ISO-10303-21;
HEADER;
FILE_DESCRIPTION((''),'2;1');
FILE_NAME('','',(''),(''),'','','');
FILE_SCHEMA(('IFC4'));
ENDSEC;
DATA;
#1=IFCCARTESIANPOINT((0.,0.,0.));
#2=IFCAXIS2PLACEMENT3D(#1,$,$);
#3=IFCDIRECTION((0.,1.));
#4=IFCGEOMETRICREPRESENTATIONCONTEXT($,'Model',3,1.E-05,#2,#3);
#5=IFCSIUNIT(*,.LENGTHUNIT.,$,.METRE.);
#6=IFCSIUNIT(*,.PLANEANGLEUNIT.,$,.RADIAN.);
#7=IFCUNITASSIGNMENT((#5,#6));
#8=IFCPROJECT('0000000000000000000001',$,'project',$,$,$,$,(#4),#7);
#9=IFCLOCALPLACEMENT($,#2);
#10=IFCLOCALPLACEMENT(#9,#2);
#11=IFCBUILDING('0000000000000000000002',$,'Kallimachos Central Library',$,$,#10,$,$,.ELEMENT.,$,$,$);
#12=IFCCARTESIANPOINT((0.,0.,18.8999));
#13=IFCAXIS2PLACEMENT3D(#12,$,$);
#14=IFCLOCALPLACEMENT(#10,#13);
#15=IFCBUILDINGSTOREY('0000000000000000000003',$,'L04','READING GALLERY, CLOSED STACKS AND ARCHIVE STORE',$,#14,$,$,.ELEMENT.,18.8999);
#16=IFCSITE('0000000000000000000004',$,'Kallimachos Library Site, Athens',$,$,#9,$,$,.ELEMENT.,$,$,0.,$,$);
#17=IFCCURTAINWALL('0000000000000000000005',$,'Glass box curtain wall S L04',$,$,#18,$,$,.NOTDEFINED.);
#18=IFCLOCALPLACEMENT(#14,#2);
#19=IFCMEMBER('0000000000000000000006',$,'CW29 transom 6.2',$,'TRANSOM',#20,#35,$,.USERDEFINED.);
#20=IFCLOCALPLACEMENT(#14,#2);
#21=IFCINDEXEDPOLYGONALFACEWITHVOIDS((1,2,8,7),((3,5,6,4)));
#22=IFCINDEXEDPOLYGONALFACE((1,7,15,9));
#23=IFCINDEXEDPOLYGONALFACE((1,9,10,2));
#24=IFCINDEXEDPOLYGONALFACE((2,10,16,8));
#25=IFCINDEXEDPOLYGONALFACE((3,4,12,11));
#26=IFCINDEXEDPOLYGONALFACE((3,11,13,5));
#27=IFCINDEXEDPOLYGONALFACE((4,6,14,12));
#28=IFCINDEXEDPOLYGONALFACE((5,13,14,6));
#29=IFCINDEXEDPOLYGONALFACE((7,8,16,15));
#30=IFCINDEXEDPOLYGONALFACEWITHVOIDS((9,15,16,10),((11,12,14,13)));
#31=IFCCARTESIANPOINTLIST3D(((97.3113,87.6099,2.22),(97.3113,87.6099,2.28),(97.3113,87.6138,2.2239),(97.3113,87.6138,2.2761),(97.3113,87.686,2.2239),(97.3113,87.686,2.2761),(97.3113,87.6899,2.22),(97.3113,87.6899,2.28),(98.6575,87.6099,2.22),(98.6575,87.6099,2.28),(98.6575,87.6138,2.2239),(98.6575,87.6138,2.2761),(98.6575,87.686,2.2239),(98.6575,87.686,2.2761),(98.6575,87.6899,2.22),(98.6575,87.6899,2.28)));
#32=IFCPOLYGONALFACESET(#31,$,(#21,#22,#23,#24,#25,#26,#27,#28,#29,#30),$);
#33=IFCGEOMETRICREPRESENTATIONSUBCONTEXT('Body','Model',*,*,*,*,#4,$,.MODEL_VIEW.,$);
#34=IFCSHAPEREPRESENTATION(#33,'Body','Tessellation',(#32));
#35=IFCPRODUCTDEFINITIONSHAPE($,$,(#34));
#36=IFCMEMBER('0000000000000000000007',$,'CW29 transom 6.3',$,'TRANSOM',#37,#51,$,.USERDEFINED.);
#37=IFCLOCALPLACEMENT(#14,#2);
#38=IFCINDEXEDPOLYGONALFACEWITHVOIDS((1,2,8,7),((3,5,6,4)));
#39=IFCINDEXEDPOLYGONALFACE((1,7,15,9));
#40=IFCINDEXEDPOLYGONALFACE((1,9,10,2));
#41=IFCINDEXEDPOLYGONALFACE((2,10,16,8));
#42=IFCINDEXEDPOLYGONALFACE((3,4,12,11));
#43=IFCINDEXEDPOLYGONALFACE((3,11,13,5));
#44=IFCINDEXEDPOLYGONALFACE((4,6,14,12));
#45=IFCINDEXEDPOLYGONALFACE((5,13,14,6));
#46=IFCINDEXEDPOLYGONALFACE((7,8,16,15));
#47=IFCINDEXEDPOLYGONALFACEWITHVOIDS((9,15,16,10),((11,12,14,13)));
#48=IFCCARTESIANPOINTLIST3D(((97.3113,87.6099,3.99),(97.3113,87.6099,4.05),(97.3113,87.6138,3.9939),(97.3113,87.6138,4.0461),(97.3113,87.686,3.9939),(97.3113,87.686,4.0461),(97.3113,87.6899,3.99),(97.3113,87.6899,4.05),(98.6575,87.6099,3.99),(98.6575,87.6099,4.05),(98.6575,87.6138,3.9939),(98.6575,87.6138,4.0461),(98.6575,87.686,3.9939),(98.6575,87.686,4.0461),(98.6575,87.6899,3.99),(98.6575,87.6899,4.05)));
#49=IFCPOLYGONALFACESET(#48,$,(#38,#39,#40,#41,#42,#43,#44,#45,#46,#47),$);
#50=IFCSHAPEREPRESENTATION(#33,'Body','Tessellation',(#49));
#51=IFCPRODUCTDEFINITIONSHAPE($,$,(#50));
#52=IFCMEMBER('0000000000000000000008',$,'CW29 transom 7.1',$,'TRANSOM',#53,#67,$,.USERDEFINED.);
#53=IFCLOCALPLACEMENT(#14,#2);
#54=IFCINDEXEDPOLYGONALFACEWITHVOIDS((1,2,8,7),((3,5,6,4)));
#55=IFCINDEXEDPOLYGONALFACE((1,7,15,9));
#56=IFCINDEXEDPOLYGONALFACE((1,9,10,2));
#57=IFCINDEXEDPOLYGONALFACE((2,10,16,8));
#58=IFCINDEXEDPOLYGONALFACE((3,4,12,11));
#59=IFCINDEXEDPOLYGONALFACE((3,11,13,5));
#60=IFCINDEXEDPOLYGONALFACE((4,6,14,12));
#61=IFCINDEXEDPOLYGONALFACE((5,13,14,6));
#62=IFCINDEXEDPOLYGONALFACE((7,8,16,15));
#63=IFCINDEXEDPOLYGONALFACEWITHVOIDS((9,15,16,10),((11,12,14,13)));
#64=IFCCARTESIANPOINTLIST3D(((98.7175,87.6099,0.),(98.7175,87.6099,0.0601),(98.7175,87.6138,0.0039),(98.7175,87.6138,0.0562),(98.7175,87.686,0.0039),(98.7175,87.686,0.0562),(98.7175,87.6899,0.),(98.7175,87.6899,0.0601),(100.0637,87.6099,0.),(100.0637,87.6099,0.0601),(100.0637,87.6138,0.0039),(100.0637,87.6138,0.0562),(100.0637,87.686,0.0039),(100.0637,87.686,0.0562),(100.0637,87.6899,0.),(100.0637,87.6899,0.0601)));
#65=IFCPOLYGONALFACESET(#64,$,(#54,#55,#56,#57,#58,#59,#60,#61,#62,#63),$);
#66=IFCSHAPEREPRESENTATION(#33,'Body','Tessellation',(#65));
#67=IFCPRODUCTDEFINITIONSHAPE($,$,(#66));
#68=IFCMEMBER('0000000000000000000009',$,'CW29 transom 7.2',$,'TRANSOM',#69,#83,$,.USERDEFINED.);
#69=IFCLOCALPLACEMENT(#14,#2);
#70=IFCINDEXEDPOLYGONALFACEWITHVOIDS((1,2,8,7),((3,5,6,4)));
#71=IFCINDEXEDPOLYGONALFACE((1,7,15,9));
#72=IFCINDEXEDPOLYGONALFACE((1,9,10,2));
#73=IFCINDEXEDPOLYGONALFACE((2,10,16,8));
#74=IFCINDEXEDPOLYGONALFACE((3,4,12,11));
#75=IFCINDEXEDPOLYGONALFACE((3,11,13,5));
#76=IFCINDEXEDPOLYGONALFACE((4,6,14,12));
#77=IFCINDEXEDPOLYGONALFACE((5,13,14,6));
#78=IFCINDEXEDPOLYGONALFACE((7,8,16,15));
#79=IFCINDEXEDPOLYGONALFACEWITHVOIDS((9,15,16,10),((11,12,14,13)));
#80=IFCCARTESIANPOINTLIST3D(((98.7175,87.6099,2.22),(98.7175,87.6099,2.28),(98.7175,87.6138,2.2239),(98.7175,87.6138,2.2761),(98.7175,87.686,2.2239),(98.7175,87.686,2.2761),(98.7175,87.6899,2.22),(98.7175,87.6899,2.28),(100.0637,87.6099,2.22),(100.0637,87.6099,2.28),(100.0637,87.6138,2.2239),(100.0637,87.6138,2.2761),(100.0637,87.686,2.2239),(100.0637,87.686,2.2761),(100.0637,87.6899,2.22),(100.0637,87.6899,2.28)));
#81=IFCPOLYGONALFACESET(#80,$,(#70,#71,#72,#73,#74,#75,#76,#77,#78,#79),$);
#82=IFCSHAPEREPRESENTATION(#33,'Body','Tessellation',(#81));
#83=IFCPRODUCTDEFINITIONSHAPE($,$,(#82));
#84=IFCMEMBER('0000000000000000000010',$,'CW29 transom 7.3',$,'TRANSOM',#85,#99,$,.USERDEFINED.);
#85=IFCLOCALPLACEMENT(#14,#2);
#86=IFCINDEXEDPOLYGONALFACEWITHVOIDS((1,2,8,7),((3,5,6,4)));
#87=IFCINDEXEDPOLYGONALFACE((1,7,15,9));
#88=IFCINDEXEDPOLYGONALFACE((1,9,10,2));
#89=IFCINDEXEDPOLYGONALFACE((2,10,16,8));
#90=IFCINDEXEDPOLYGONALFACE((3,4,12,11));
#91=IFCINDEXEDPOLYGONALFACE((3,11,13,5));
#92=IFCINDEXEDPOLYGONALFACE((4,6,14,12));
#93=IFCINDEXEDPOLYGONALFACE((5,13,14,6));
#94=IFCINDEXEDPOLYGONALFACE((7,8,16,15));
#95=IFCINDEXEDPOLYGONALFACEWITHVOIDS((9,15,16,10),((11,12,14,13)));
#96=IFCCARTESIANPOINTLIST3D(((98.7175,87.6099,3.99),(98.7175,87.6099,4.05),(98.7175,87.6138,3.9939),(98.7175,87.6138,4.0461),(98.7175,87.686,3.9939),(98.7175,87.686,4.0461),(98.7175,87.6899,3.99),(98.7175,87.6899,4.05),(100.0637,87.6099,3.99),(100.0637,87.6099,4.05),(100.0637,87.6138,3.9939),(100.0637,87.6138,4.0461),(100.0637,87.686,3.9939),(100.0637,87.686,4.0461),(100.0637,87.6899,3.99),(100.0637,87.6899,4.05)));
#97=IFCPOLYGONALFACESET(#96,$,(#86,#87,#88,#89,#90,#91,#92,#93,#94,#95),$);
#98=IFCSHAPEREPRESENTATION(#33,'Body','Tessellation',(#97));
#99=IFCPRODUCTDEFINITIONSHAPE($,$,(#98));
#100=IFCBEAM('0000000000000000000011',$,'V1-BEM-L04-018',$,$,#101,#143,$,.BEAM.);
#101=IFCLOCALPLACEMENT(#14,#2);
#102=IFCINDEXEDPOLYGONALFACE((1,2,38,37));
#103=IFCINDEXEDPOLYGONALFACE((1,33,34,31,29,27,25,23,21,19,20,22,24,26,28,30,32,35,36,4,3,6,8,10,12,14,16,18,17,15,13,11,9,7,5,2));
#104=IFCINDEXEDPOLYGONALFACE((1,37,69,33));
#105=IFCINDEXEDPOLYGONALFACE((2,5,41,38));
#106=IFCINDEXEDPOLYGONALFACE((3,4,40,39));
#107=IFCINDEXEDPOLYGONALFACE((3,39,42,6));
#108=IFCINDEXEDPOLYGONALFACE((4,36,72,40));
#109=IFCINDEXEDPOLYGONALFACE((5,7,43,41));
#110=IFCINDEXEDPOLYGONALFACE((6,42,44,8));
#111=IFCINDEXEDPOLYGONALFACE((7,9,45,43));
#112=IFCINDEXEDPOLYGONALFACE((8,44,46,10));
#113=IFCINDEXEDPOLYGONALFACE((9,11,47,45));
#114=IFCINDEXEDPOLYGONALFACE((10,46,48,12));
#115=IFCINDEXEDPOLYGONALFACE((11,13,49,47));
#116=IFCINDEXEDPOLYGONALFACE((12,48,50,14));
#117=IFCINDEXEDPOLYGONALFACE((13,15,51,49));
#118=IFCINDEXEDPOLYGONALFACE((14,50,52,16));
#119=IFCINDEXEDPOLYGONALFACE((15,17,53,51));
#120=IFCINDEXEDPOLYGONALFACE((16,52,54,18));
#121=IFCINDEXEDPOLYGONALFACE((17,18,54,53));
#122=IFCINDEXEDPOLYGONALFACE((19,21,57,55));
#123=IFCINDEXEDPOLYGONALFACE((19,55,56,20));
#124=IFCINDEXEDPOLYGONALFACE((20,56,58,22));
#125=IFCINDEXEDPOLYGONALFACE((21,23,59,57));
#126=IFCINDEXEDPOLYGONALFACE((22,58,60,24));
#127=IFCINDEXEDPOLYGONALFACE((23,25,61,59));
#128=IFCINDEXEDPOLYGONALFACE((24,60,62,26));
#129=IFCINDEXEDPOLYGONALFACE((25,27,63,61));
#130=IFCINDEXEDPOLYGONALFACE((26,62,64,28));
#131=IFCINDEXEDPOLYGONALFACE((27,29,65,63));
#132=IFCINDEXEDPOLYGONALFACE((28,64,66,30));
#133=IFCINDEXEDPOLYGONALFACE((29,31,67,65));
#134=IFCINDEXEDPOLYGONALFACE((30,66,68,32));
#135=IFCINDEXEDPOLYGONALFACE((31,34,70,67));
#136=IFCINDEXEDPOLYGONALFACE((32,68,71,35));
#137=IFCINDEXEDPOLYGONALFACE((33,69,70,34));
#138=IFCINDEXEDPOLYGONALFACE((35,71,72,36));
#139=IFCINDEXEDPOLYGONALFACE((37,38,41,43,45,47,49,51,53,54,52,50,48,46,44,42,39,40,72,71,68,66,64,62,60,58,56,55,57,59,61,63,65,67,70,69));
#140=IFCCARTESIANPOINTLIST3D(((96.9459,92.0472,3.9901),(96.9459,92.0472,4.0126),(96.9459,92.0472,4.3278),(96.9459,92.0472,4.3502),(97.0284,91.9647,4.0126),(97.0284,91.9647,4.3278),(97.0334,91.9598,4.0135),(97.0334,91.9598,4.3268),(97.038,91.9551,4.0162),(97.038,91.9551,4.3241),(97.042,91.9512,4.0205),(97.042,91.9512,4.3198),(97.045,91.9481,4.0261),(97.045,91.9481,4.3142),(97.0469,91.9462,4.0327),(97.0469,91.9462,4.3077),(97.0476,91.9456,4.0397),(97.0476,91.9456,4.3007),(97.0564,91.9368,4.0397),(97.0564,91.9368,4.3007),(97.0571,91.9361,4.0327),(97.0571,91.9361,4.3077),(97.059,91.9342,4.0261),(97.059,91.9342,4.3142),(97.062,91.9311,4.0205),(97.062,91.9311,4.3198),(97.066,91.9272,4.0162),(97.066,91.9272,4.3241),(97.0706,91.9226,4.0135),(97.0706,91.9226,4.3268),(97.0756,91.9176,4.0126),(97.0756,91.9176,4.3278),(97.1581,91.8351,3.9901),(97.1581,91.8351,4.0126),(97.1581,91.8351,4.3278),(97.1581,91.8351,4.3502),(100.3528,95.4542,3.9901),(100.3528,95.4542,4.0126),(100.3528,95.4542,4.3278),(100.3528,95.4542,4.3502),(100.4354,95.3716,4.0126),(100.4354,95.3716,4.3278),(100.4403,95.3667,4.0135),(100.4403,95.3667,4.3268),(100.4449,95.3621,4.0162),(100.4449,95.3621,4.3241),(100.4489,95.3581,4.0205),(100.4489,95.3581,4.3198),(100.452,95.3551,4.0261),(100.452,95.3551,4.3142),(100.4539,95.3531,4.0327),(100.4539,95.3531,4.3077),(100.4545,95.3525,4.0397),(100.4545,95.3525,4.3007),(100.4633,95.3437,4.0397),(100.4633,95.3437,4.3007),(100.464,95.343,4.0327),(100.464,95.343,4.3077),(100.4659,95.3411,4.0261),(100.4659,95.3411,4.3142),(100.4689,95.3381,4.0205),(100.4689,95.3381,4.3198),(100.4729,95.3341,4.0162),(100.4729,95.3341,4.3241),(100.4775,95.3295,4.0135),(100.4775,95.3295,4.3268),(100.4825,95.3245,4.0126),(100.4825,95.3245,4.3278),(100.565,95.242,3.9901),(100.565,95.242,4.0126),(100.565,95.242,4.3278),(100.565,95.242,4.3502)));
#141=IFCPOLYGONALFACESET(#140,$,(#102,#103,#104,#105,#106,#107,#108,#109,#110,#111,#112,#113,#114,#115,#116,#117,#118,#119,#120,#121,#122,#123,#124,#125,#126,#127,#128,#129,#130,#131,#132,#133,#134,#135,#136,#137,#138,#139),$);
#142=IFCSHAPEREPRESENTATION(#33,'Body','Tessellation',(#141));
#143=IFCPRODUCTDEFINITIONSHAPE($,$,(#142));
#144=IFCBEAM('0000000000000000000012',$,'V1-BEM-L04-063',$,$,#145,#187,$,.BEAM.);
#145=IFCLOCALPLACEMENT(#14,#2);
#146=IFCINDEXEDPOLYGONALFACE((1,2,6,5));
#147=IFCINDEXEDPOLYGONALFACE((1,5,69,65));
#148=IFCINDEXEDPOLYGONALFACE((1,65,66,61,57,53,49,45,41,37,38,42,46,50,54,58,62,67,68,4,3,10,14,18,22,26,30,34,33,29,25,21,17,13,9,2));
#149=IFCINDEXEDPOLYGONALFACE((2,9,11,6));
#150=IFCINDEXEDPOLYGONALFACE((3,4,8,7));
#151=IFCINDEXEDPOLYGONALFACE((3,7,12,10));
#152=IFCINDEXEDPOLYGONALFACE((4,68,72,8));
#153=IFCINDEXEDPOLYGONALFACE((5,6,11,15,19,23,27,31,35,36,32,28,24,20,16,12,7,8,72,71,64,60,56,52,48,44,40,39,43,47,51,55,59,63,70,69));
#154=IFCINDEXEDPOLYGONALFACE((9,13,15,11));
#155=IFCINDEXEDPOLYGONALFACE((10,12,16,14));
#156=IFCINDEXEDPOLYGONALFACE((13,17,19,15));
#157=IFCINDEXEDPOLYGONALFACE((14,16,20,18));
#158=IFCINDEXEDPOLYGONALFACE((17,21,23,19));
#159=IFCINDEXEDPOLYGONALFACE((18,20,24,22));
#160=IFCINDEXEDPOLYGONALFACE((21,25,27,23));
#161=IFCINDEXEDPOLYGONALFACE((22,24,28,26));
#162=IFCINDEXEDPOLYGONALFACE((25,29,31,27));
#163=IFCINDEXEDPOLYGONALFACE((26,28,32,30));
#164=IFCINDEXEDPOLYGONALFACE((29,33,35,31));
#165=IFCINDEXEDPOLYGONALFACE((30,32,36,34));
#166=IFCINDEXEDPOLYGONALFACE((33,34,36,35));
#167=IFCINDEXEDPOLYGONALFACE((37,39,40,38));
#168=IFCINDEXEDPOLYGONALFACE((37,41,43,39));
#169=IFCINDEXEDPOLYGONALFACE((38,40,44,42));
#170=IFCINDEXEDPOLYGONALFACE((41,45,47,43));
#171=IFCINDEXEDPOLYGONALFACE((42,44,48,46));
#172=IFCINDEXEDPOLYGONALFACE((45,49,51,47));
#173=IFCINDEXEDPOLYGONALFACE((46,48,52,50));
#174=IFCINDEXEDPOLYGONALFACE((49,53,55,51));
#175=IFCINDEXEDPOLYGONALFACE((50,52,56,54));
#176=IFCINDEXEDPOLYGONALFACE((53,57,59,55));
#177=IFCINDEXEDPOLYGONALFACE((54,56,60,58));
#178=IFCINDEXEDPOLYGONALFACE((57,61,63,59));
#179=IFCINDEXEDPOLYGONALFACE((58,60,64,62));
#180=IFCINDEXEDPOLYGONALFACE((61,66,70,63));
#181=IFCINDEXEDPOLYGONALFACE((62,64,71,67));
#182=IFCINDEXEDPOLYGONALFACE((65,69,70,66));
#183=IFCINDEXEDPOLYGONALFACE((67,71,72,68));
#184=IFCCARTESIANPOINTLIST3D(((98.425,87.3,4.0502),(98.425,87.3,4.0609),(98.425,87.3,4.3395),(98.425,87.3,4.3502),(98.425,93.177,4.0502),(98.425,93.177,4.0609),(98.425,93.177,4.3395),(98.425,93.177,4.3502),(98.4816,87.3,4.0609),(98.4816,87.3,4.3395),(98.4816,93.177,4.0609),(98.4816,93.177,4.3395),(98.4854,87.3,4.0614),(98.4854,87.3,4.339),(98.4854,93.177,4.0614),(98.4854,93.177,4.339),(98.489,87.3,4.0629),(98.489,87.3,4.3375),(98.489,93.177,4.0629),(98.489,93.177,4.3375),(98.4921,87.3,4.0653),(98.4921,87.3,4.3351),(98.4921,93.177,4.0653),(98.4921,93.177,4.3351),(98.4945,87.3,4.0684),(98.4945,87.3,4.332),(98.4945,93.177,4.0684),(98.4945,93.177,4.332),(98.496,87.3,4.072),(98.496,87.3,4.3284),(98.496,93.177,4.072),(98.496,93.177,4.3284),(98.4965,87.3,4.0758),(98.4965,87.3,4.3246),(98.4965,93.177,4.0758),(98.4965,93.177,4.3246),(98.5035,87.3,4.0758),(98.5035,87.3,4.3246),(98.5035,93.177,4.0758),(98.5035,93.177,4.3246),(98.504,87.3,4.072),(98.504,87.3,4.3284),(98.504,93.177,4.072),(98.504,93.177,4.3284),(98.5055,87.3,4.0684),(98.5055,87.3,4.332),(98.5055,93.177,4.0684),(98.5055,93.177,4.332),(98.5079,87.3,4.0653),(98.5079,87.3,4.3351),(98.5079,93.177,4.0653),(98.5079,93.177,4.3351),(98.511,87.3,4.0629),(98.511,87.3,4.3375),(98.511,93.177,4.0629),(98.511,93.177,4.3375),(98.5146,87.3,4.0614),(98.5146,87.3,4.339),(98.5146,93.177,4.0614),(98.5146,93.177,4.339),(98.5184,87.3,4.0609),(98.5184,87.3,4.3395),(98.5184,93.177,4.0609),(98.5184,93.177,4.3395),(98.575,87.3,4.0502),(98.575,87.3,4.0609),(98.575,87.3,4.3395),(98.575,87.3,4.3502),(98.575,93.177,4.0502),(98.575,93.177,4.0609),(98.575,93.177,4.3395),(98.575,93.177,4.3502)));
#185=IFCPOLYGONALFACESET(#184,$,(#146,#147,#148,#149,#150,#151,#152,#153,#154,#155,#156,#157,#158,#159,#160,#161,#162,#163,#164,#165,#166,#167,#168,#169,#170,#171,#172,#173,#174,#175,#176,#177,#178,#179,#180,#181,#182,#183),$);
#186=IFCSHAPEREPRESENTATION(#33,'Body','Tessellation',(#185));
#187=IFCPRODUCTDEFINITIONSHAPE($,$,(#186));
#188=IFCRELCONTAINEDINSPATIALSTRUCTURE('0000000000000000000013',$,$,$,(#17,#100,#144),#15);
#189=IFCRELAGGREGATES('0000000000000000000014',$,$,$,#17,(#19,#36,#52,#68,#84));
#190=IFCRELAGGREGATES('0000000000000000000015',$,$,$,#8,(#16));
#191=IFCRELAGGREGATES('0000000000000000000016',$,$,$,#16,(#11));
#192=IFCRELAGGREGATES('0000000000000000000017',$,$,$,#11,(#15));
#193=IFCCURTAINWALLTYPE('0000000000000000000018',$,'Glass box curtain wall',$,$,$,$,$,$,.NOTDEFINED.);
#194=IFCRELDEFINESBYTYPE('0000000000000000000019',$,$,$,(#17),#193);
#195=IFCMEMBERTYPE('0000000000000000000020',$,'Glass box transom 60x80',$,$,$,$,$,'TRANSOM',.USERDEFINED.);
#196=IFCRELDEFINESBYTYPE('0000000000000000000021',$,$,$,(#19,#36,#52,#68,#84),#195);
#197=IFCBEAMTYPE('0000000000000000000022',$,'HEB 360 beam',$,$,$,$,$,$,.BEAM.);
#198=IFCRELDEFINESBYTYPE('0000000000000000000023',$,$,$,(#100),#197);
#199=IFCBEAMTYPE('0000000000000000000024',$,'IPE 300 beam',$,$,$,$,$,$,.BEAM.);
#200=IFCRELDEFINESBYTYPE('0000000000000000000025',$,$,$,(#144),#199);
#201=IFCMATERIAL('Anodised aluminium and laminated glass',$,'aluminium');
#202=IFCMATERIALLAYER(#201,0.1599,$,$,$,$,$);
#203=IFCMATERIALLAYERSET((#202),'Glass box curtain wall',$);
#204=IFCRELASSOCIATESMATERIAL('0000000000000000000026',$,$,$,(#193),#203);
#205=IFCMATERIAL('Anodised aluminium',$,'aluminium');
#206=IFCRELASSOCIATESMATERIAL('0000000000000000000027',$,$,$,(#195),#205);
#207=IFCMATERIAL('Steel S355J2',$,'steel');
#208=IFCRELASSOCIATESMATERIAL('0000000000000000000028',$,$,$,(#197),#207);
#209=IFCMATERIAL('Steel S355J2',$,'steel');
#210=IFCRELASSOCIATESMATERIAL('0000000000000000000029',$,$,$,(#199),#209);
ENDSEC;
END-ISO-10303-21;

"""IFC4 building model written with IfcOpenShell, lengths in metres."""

from ifc_helpers import new_model, si_unit, direction, frame, origin, origin_2d, place, context, subcontext, project, spatial, hollow_rectangle, i_section, extrude, material, layer, layer_set, material_profile, profile_set, type_object, element, aggregate, save


model = new_model("IFC4")

# Units and contexts
model_context = context("Model", 3, precision=1e-05, world=origin(), true_north=direction((0.0, 1.0)))
body_context = subcontext(model_context, "Body", "Model", "MODEL_VIEW")
ifc_project = project(units=[si_unit("LENGTHUNIT", "METRE"), si_unit("PLANEANGLEUNIT", "RADIAN")], contexts=[model_context])

# Site, building, storey
site_placement = place(None, origin())
site = spatial("IfcSite", under=ifc_project, at=site_placement, Name="Kallimachos Library Site, Athens", CompositionType="ELEMENT", RefElevation=0.0)
building_placement = place(site_placement, origin())
building = spatial("IfcBuilding", under=site, at=building_placement, Name="Kallimachos Central Library", CompositionType="ELEMENT")
storey_placement = place(building_placement, frame((0.0, 0.0, 18.8999)))
storey = spatial("IfcBuildingStorey", under=building, at=storey_placement, Name="L04", Description="READING GALLERY, CLOSED STACKS AND ARCHIVE STORE", CompositionType="ELEMENT", Elevation=18.8999)

# Curtain wall, members
ifc_material_1 = material(Name="Anodised aluminium and laminated glass", Category="aluminium")
ifc_layer_1 = layer(ifc_material_1, 0.1599)
ifc_layer_set_1 = layer_set([ifc_layer_1], Name="Glass box curtain wall")
curtain_wall_type_1 = type_object("IfcCurtainWallType", Name="Glass box curtain wall", PredefinedType="NOTDEFINED", material=ifc_layer_set_1)
curtain_wall_1_placement = place(storey_placement, origin())
curtain_wall_1 = element("IfcCurtainWall", 1, at=curtain_wall_1_placement, inside=storey, type_object=curtain_wall_type_1, Name="Glass box curtain wall S L04", PredefinedType="NOTDEFINED")
ifc_material_2 = material(Name="Anodised aluminium", Category="aluminium")
ifc_material_profile_1 = material_profile(ifc_material_2, hollow_rectangle(XDim=0.0601, YDim=0.0801, WallThickness=0.0039, at=origin_2d()), Name="ALU TRANSOM 60x80")
ifc_profile_set_1 = profile_set([ifc_material_profile_1], Name="Anodised aluminium")
member_type_1 = type_object("IfcMemberType", Name="Glass box transom 60x80", ElementType="TRANSOM", PredefinedType="USERDEFINED", material=ifc_profile_set_1)
member_1_placement = place(storey_placement, frame((97.3113, 87.6499, 2.25), z_axis=(1.0, 0.0, 0.0), x_axis=(0.0, 0.0, 1.0)))
member_1 = element("IfcMember", 2, at=member_1_placement, type_object=member_type_1, Name="CW29 transom 6.2", ObjectType="TRANSOM", PredefinedType="USERDEFINED", context=body_context, shape_type="SweptSolid", body=[
    extrude(hollow_rectangle(XDim=0.0601, YDim=0.0801, WallThickness=0.0039, at=origin_2d()), origin(), (0.0, 0.0, 1.0), 1.3462),
])
member_2_placement = place(storey_placement, frame((97.3113, 87.6499, 4.02), z_axis=(1.0, 0.0, 0.0), x_axis=(0.0, 0.0, 1.0)))
member_2 = element("IfcMember", 3, at=member_2_placement, type_object=member_type_1, Name="CW29 transom 6.3", ObjectType="TRANSOM", PredefinedType="USERDEFINED", context=body_context, shape_type="SweptSolid", body=[
    extrude(hollow_rectangle(XDim=0.0601, YDim=0.0801, WallThickness=0.0039, at=origin_2d()), origin(), (0.0, 0.0, 1.0), 1.3462),
])
member_3_placement = place(storey_placement, frame((98.7175, 87.6499, 0.03), z_axis=(1.0, 0.0, 0.0), x_axis=(0.0, 0.0, 1.0)))
member_3 = element("IfcMember", 4, at=member_3_placement, type_object=member_type_1, Name="CW29 transom 7.1", ObjectType="TRANSOM", PredefinedType="USERDEFINED", context=body_context, shape_type="SweptSolid", body=[
    extrude(hollow_rectangle(XDim=0.0601, YDim=0.0801, WallThickness=0.0039, at=origin_2d()), origin(), (0.0, 0.0, 1.0), 1.3462),
])
member_4_placement = place(storey_placement, frame((98.7175, 87.6499, 2.25), z_axis=(1.0, 0.0, 0.0), x_axis=(0.0, 0.0, 1.0)))
member_4 = element("IfcMember", 5, at=member_4_placement, type_object=member_type_1, Name="CW29 transom 7.2", ObjectType="TRANSOM", PredefinedType="USERDEFINED", context=body_context, shape_type="SweptSolid", body=[
    extrude(hollow_rectangle(XDim=0.0601, YDim=0.0801, WallThickness=0.0039, at=origin_2d()), origin(), (0.0, 0.0, 1.0), 1.3462),
])
member_5_placement = place(storey_placement, frame((98.7175, 87.6499, 4.02), z_axis=(1.0, 0.0, 0.0), x_axis=(0.0, 0.0, 1.0)))
member_5 = element("IfcMember", 6, at=member_5_placement, type_object=member_type_1, Name="CW29 transom 7.3", ObjectType="TRANSOM", PredefinedType="USERDEFINED", context=body_context, shape_type="SweptSolid", body=[
    extrude(hollow_rectangle(XDim=0.0601, YDim=0.0801, WallThickness=0.0039, at=origin_2d()), origin(), (0.0, 0.0, 1.0), 1.3462),
])

# Beams
ifc_material_3 = material(Name="Steel S355J2", Category="steel")
ifc_material_profile_2 = material_profile(ifc_material_3, i_section(OverallWidth=0.3, OverallDepth=0.3601, WebThickness=0.0125, FlangeThickness=0.0225, FilletRadius=0.0271, at=origin_2d()), Name="HEB 360")
ifc_profile_set_2 = profile_set([ifc_material_profile_2], Name="Steel S355J2")
beam_type_1 = type_object("IfcBeamType", Name="HEB 360 beam", PredefinedType="BEAM", material=ifc_profile_set_2)
beam_1_placement = place(storey_placement, frame((97.052, 91.9412, 4.1702), z_axis=(0.707107, 0.707107, 0.0), x_axis=(-0.707107, 0.707107, 0.0)))
element("IfcBeam", 7, at=beam_1_placement, inside=storey, type_object=beam_type_1, Name="V1-BEM-L04-018", PredefinedType="BEAM", context=body_context, shape_type="SweptSolid", body=[
    extrude(i_section(OverallWidth=0.3, OverallDepth=0.3601, WebThickness=0.0125, FlangeThickness=0.0225, FilletRadius=0.0271, at=origin_2d()), origin(), (0.0, 0.0, 1.0), 4.8181),
])
ifc_material_4 = material(Name="Steel S355J2", Category="steel")
ifc_material_profile_3 = material_profile(ifc_material_4, i_section(OverallWidth=0.1499, OverallDepth=0.3, WebThickness=0.0071, FlangeThickness=0.0107, FilletRadius=0.0149, at=origin_2d()), Name="IPE 300")
ifc_profile_set_3 = profile_set([ifc_material_profile_3], Name="Steel S355J2")
beam_type_2 = type_object("IfcBeamType", Name="IPE 300 beam", PredefinedType="BEAM", material=ifc_profile_set_3)
beam_2_placement = place(storey_placement, frame((98.5, 87.3, 4.2002), z_axis=(0.0, 1.0, 0.0), x_axis=(-1.0, 0.0, 0.0)))
element("IfcBeam", 8, at=beam_2_placement, inside=storey, type_object=beam_type_2, Name="V1-BEM-L04-063", PredefinedType="BEAM", context=body_context, shape_type="SweptSolid", body=[
    extrude(i_section(OverallWidth=0.1499, OverallDepth=0.3, WebThickness=0.0071, FlangeThickness=0.0107, FilletRadius=0.0149, at=origin_2d()), origin(), (0.0, 0.0, 1.0), 5.877),
])

aggregate(curtain_wall_1, [member_1, member_2, member_3, member_4, member_5])

save(model, "model.ifc")
